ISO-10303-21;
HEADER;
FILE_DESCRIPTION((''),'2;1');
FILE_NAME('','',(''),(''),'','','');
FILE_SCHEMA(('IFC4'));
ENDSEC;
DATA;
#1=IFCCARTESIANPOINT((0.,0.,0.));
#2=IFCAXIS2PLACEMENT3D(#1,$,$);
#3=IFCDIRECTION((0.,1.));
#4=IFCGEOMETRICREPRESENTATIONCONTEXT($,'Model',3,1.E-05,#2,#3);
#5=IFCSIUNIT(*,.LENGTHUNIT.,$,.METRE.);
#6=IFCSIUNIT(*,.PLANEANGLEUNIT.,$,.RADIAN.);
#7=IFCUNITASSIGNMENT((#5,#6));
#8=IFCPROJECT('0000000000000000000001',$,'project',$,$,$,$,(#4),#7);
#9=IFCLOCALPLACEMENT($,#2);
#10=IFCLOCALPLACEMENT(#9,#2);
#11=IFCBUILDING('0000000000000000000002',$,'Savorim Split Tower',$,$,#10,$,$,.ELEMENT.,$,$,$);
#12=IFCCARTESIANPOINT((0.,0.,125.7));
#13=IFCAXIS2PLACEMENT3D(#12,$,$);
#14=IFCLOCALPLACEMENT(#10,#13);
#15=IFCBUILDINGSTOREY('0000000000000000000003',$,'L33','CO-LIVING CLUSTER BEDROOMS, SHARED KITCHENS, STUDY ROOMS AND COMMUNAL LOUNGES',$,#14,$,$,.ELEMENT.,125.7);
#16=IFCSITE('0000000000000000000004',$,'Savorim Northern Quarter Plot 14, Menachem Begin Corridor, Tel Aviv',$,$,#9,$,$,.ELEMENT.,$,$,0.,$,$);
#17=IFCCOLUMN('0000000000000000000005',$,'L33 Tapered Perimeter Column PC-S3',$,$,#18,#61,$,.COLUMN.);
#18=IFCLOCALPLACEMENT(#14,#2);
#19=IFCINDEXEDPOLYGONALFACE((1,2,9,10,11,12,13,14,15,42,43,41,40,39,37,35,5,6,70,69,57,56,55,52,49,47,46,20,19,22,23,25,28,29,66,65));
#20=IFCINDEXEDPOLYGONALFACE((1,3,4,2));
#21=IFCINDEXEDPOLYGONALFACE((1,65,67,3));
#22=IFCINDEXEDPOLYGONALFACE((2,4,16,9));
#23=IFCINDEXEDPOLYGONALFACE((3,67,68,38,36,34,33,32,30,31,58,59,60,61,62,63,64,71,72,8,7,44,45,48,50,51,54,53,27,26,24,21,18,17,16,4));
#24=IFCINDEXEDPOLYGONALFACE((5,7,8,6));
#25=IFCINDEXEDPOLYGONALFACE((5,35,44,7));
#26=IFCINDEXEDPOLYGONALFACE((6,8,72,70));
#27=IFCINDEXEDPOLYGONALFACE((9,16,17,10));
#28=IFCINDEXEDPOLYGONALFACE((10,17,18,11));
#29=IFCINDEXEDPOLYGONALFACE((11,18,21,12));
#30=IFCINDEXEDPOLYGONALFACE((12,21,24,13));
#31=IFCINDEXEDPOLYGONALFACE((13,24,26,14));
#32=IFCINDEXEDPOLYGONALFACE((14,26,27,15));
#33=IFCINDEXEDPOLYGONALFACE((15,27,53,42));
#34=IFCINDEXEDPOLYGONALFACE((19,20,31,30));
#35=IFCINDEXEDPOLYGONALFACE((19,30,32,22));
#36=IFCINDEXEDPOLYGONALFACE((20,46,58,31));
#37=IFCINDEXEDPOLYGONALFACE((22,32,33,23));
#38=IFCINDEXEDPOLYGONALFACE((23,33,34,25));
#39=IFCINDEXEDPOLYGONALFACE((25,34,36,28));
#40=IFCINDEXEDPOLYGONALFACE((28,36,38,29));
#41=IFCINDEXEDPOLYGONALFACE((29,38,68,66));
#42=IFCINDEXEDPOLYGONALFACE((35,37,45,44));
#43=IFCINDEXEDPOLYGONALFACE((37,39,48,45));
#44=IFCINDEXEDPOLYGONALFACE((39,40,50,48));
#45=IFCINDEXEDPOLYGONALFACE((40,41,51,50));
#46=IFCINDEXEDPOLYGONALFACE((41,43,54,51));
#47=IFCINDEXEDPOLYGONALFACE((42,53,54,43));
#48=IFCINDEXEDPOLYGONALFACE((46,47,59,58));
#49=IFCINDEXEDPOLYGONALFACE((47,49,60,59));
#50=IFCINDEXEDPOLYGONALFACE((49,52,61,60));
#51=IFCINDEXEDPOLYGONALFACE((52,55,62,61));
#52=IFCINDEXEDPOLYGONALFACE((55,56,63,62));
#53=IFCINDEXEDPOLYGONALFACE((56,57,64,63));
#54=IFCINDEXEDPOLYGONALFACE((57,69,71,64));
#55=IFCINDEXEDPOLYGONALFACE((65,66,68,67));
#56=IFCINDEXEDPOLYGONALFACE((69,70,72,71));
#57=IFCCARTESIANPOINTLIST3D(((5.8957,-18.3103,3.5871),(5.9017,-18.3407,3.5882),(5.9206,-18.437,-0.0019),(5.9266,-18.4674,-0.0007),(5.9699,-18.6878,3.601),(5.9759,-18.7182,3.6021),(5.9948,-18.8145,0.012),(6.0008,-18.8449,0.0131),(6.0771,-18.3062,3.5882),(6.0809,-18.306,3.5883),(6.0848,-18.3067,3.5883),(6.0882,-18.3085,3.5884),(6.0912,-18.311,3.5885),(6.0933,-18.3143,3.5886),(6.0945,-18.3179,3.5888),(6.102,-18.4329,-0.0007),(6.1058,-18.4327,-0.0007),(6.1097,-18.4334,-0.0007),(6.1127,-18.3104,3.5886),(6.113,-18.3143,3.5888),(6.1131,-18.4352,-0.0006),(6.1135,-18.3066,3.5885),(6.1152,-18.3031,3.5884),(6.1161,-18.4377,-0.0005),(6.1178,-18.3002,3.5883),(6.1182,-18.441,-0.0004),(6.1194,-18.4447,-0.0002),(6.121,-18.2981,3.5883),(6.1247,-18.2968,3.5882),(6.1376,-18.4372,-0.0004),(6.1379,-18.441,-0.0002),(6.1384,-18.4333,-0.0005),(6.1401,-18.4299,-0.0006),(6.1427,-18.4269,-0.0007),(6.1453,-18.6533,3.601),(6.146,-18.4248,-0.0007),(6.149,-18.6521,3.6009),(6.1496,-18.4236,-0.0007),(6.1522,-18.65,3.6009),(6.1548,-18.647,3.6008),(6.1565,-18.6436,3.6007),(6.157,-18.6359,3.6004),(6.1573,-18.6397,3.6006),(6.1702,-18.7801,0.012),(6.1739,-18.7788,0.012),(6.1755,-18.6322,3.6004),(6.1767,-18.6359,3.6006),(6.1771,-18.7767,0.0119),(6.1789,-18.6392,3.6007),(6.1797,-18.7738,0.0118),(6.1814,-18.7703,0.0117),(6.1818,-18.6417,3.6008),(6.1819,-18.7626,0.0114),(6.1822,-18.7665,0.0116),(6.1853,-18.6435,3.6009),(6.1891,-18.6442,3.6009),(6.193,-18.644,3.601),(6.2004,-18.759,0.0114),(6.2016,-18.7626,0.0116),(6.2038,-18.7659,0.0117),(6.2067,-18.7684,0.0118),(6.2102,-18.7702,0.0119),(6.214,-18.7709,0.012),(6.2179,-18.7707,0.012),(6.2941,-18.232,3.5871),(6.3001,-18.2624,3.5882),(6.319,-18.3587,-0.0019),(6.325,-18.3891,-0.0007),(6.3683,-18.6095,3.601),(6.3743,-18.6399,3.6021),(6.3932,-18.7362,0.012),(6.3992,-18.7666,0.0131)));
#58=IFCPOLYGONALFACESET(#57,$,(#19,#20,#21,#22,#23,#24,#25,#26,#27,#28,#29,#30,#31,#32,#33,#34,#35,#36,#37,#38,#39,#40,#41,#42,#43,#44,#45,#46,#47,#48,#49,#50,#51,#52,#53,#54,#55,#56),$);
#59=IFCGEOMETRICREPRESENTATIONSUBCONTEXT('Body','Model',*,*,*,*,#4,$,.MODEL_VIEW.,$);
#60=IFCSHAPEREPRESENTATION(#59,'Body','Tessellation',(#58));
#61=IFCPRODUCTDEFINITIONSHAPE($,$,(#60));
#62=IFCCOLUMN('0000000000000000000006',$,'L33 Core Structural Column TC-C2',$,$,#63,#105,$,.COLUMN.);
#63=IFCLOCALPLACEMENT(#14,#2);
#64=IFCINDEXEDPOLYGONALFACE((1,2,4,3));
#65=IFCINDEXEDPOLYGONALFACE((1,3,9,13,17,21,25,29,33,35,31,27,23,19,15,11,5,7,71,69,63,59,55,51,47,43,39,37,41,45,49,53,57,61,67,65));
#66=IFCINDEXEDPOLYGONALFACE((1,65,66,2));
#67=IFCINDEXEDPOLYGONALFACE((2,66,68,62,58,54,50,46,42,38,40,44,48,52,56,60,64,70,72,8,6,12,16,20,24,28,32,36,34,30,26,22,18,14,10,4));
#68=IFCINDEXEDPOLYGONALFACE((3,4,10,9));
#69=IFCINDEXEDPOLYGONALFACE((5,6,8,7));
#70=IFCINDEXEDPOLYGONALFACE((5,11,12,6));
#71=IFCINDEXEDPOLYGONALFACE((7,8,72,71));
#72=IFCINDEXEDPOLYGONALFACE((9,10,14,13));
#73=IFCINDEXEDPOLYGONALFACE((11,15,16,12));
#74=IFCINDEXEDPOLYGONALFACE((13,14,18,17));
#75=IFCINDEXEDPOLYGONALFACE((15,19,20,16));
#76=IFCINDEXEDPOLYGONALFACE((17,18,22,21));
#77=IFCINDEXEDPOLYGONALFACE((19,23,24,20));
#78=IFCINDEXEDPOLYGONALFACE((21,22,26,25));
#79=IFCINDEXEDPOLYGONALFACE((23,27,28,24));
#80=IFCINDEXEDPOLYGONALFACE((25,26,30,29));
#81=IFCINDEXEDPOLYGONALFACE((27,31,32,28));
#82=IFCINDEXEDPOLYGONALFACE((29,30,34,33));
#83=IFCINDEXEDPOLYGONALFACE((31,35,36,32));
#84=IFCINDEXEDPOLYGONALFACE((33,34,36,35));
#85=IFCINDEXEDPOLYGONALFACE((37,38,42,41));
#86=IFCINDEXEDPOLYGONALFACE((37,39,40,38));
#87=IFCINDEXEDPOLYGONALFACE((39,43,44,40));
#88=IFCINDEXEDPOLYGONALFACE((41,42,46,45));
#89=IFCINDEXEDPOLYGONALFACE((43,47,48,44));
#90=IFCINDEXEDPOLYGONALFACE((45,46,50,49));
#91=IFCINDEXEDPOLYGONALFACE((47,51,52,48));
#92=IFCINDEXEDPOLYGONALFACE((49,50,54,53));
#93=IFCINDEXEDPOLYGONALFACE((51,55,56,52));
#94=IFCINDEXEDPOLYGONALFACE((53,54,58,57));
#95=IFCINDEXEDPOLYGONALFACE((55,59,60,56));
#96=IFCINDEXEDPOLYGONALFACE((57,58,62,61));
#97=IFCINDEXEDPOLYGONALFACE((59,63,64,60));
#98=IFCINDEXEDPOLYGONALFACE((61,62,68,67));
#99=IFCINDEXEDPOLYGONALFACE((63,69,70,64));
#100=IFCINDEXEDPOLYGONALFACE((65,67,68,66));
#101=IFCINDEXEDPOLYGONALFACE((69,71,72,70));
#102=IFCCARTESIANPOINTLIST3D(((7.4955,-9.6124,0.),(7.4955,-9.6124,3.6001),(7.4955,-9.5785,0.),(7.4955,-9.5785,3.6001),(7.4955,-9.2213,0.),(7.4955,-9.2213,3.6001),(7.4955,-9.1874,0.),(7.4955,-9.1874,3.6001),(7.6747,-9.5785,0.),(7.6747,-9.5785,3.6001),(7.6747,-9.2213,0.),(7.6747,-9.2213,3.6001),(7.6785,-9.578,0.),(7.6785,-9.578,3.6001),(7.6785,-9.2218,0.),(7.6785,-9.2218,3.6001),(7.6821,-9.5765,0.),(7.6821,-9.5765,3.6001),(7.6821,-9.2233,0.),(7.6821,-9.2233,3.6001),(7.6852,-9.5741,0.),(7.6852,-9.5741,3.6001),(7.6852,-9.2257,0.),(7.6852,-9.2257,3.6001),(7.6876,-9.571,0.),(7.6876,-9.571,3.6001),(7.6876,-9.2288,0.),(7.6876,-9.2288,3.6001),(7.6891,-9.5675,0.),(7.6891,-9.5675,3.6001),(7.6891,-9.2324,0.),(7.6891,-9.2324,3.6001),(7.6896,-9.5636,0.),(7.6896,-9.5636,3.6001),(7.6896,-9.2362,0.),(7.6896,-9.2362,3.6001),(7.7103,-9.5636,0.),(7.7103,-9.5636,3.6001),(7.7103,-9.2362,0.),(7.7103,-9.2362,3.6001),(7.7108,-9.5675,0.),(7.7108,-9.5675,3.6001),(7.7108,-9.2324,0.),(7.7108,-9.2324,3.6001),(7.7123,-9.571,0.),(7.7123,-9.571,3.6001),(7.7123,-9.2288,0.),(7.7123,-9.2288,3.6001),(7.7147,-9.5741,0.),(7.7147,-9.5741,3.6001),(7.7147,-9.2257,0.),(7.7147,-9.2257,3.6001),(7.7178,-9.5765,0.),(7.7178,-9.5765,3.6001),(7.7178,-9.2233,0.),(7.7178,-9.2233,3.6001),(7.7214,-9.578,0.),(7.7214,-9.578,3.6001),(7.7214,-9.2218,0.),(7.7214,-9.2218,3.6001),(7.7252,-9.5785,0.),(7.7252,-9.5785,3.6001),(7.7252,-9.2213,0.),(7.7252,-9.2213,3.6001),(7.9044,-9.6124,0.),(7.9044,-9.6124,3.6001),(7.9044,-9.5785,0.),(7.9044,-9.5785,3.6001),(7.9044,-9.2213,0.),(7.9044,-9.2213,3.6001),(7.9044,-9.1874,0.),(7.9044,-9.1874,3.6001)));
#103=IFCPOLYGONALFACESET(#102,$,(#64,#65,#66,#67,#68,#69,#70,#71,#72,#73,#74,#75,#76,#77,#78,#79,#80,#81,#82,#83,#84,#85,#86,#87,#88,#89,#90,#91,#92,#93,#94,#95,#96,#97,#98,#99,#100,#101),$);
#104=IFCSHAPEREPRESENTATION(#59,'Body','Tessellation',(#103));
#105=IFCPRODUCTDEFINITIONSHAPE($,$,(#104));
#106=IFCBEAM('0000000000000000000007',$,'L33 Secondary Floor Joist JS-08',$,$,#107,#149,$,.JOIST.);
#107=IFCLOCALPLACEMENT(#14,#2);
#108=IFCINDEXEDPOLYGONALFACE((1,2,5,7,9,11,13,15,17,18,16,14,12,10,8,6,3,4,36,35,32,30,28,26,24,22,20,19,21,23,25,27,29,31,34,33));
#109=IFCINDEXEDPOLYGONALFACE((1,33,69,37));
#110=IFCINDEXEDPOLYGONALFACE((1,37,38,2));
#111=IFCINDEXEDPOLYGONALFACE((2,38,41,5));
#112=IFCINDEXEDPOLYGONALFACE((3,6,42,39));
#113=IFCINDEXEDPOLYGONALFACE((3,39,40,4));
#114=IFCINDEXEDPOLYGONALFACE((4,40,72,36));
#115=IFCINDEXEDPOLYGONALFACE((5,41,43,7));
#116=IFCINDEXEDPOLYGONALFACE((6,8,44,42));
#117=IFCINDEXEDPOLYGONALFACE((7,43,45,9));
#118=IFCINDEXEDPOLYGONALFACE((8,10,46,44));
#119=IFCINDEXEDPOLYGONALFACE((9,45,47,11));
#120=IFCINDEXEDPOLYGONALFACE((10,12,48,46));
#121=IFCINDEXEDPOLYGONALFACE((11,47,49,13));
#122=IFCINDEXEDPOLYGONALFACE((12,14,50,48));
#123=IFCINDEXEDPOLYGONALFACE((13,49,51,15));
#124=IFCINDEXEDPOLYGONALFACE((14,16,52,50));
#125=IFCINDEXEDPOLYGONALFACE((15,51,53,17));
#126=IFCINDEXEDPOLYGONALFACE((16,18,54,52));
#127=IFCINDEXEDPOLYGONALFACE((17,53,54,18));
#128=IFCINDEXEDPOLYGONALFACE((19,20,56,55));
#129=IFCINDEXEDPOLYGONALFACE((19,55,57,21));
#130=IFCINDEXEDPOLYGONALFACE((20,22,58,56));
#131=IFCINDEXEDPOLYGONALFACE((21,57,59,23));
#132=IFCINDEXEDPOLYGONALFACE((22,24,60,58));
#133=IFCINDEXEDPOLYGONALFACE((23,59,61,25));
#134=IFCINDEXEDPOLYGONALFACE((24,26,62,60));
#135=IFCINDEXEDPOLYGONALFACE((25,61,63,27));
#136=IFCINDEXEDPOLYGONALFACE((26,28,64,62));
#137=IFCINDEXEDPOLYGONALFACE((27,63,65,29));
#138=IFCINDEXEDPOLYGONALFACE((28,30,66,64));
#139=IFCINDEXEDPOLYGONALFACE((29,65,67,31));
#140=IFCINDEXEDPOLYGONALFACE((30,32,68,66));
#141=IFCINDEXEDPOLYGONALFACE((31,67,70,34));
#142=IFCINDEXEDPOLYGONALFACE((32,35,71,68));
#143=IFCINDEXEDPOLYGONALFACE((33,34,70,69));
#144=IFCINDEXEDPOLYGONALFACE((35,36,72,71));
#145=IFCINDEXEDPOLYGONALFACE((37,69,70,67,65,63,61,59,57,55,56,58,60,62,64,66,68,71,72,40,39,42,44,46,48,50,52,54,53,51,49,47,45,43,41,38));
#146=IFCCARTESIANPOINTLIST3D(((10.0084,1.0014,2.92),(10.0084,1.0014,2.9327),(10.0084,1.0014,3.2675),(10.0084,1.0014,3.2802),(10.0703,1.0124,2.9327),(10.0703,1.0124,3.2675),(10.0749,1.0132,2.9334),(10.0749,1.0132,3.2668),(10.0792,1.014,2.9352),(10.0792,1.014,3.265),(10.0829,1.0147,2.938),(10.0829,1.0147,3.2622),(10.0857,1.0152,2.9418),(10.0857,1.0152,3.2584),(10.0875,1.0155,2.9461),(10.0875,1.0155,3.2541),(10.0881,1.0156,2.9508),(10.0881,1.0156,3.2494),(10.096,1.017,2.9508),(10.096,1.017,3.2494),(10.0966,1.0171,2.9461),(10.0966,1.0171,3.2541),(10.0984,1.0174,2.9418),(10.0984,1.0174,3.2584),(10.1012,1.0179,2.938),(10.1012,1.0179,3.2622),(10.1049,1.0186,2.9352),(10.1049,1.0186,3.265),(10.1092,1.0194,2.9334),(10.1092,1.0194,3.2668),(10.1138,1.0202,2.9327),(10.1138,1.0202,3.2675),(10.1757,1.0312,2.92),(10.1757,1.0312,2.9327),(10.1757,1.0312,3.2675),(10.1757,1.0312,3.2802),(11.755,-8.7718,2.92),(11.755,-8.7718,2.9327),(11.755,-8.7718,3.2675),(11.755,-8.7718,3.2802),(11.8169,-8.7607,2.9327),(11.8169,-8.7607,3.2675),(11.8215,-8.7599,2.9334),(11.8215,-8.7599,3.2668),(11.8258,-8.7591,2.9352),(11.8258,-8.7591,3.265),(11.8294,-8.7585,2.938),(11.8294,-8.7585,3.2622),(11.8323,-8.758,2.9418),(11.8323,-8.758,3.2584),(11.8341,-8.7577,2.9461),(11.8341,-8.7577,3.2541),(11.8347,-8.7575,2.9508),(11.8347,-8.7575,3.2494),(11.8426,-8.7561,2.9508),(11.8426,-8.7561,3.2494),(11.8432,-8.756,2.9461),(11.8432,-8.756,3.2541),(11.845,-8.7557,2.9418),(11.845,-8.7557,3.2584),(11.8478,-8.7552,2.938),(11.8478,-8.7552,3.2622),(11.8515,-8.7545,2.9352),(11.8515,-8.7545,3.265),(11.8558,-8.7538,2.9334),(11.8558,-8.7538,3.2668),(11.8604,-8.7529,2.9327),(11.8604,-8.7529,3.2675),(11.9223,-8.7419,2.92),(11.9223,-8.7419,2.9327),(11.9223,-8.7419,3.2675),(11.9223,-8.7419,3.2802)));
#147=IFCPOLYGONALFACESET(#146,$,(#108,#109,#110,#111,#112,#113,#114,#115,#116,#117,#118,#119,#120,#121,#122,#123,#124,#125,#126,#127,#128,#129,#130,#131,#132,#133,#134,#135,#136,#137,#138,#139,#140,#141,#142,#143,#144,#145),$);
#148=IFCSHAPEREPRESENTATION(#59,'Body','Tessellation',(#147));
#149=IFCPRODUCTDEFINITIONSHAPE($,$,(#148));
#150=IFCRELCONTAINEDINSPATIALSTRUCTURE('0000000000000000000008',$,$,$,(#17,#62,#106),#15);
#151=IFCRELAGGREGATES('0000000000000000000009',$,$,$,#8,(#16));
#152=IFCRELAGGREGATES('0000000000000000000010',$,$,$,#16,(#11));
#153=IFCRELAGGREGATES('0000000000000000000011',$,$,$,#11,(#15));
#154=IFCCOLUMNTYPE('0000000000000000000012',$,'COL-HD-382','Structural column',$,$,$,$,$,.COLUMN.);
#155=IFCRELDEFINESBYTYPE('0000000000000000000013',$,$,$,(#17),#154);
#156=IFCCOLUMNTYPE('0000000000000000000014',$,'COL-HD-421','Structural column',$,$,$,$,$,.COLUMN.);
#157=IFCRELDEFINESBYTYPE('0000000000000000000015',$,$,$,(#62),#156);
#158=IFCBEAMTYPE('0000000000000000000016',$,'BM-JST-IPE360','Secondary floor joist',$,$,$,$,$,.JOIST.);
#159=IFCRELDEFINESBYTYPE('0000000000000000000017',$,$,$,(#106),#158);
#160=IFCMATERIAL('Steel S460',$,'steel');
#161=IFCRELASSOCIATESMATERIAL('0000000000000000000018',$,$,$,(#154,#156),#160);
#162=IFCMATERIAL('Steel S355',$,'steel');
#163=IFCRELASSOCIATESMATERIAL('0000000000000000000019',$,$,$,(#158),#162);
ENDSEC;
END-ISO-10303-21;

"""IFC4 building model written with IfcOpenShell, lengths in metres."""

from ifc_helpers import new_model, si_unit, direction, frame, origin, origin_2d, place, context, subcontext, project, spatial, i_section, extrude, material, material_profile, profile_set, type_object, element, save


model = new_model("IFC4")

# Units and contexts
model_context = context("Model", 3, precision=1e-05, world=origin(), true_north=direction((0.0, 1.0)))
body_context = subcontext(model_context, "Body", "Model", "MODEL_VIEW")
ifc_project = project(units=[si_unit("LENGTHUNIT", "METRE"), si_unit("PLANEANGLEUNIT", "RADIAN")], contexts=[model_context])

# Site, building, storey
site_placement = place(None, origin())
site = spatial("IfcSite", under=ifc_project, at=site_placement, Name="Savorim Northern Quarter Plot 14, Menachem Begin Corridor, Tel Aviv", CompositionType="ELEMENT", RefElevation=0.0)
building_placement = place(site_placement, origin())
building = spatial("IfcBuilding", under=site, at=building_placement, Name="Savorim Split Tower", CompositionType="ELEMENT")
storey_placement = place(building_placement, frame((0.0, 0.0, 125.7)))
storey = spatial("IfcBuildingStorey", under=building, at=storey_placement, Name="L33", Description="CO-LIVING CLUSTER BEDROOMS, SHARED KITCHENS, STUDY ROOMS AND COMMUNAL LOUNGES", CompositionType="ELEMENT", Elevation=125.7)

# Columns
ifc_material_1 = material(Name="Steel S460", Category="steel")
ifc_material_profile_1 = material_profile(ifc_material_1, i_section(OverallWidth=0.406, OverallDepth=0.416, WebThickness=0.0188, FlangeThickness=0.031, FilletRadius=0.0149, at=origin_2d()), Name="HD 400x382")
ifc_profile_set_1 = profile_set([ifc_material_profile_1], Name="Steel S460")
column_type_1 = type_object("IfcColumnType", Name="COL-HD-382", Description="Structural column", PredefinedType="COLUMN", material=ifc_profile_set_1)
column_1_placement = place(storey_placement, frame((6.1599, -18.6018, 0.0056), z_axis=(-0.006934, 0.035283, 0.999353), x_axis=(-0.98123, -0.192843, 0.0)))
element("IfcColumn", 1, at=column_1_placement, inside=storey, type_object=column_type_1, Name="L33 Tapered Perimeter Column PC-S3", PredefinedType="COLUMN", context=body_context, shape_type="SweptSolid", body=[
    extrude(i_section(OverallWidth=0.406, OverallDepth=0.416, WebThickness=0.0188, FlangeThickness=0.031, FilletRadius=0.0149, at=origin_2d()), origin(), (0.0, 0.0, 1.0), 3.5913),
])
ifc_material_profile_2 = material_profile(ifc_material_1, i_section(OverallWidth=0.4089, OverallDepth=0.425, WebThickness=0.0208, FlangeThickness=0.0339, FilletRadius=0.0149, at=origin_2d()), Name="HD 400x421")
ifc_profile_set_2 = profile_set([ifc_material_profile_2], Name="Steel S460")
column_type_2 = type_object("IfcColumnType", Name="COL-HD-421", Description="Structural column", PredefinedType="COLUMN", material=ifc_profile_set_2)
column_2_placement = place(storey_placement, frame((7.7, -9.3999, 0.0), z_axis=(0.0, 0.0, 1.0), x_axis=(1.0, 0.0, 0.0)))
element("IfcColumn", 2, at=column_2_placement, inside=storey, type_object=column_type_2, Name="L33 Core Structural Column TC-C2", PredefinedType="COLUMN", context=body_context, shape_type="SweptSolid", body=[
    extrude(i_section(OverallWidth=0.4089, OverallDepth=0.425, WebThickness=0.0208, FlangeThickness=0.0339, FilletRadius=0.0149, at=origin_2d()), origin(), (0.0, 0.0, 1.0), 3.6001),
])

# Beam
ifc_material_2 = material(Name="Steel S355", Category="steel")
ifc_material_profile_3 = material_profile(ifc_material_2, i_section(OverallWidth=0.1699, OverallDepth=0.3601, WebThickness=0.0081, FlangeThickness=0.0127, FilletRadius=0.0181, at=origin_2d()), Name="IPE 360")
ifc_profile_set_3 = profile_set([ifc_material_profile_3], Name="Steel S355")
beam_type_1 = type_object("IfcBeamType", Name="BM-JST-IPE360", Description="Secondary floor joist", PredefinedType="JOIST", material=ifc_profile_set_3)
beam_1_placement = place(storey_placement, frame((11.8386, -8.7568, 3.1001), z_axis=(-0.175924, 0.984404, 0.0), x_axis=(-0.984404, -0.175924, 0.0)))
element("IfcBeam", 3, at=beam_1_placement, inside=storey, type_object=beam_type_1, Name="L33 Secondary Floor Joist JS-08", PredefinedType="JOIST", context=body_context, shape_type="SweptSolid", body=[
    extrude(i_section(OverallWidth=0.1699, OverallDepth=0.3601, WebThickness=0.0081, FlangeThickness=0.0127, FilletRadius=0.0181, at=origin_2d()), origin(), (0.0, 0.0, 1.0), 9.928),
])

save(model, "model.ifc")
